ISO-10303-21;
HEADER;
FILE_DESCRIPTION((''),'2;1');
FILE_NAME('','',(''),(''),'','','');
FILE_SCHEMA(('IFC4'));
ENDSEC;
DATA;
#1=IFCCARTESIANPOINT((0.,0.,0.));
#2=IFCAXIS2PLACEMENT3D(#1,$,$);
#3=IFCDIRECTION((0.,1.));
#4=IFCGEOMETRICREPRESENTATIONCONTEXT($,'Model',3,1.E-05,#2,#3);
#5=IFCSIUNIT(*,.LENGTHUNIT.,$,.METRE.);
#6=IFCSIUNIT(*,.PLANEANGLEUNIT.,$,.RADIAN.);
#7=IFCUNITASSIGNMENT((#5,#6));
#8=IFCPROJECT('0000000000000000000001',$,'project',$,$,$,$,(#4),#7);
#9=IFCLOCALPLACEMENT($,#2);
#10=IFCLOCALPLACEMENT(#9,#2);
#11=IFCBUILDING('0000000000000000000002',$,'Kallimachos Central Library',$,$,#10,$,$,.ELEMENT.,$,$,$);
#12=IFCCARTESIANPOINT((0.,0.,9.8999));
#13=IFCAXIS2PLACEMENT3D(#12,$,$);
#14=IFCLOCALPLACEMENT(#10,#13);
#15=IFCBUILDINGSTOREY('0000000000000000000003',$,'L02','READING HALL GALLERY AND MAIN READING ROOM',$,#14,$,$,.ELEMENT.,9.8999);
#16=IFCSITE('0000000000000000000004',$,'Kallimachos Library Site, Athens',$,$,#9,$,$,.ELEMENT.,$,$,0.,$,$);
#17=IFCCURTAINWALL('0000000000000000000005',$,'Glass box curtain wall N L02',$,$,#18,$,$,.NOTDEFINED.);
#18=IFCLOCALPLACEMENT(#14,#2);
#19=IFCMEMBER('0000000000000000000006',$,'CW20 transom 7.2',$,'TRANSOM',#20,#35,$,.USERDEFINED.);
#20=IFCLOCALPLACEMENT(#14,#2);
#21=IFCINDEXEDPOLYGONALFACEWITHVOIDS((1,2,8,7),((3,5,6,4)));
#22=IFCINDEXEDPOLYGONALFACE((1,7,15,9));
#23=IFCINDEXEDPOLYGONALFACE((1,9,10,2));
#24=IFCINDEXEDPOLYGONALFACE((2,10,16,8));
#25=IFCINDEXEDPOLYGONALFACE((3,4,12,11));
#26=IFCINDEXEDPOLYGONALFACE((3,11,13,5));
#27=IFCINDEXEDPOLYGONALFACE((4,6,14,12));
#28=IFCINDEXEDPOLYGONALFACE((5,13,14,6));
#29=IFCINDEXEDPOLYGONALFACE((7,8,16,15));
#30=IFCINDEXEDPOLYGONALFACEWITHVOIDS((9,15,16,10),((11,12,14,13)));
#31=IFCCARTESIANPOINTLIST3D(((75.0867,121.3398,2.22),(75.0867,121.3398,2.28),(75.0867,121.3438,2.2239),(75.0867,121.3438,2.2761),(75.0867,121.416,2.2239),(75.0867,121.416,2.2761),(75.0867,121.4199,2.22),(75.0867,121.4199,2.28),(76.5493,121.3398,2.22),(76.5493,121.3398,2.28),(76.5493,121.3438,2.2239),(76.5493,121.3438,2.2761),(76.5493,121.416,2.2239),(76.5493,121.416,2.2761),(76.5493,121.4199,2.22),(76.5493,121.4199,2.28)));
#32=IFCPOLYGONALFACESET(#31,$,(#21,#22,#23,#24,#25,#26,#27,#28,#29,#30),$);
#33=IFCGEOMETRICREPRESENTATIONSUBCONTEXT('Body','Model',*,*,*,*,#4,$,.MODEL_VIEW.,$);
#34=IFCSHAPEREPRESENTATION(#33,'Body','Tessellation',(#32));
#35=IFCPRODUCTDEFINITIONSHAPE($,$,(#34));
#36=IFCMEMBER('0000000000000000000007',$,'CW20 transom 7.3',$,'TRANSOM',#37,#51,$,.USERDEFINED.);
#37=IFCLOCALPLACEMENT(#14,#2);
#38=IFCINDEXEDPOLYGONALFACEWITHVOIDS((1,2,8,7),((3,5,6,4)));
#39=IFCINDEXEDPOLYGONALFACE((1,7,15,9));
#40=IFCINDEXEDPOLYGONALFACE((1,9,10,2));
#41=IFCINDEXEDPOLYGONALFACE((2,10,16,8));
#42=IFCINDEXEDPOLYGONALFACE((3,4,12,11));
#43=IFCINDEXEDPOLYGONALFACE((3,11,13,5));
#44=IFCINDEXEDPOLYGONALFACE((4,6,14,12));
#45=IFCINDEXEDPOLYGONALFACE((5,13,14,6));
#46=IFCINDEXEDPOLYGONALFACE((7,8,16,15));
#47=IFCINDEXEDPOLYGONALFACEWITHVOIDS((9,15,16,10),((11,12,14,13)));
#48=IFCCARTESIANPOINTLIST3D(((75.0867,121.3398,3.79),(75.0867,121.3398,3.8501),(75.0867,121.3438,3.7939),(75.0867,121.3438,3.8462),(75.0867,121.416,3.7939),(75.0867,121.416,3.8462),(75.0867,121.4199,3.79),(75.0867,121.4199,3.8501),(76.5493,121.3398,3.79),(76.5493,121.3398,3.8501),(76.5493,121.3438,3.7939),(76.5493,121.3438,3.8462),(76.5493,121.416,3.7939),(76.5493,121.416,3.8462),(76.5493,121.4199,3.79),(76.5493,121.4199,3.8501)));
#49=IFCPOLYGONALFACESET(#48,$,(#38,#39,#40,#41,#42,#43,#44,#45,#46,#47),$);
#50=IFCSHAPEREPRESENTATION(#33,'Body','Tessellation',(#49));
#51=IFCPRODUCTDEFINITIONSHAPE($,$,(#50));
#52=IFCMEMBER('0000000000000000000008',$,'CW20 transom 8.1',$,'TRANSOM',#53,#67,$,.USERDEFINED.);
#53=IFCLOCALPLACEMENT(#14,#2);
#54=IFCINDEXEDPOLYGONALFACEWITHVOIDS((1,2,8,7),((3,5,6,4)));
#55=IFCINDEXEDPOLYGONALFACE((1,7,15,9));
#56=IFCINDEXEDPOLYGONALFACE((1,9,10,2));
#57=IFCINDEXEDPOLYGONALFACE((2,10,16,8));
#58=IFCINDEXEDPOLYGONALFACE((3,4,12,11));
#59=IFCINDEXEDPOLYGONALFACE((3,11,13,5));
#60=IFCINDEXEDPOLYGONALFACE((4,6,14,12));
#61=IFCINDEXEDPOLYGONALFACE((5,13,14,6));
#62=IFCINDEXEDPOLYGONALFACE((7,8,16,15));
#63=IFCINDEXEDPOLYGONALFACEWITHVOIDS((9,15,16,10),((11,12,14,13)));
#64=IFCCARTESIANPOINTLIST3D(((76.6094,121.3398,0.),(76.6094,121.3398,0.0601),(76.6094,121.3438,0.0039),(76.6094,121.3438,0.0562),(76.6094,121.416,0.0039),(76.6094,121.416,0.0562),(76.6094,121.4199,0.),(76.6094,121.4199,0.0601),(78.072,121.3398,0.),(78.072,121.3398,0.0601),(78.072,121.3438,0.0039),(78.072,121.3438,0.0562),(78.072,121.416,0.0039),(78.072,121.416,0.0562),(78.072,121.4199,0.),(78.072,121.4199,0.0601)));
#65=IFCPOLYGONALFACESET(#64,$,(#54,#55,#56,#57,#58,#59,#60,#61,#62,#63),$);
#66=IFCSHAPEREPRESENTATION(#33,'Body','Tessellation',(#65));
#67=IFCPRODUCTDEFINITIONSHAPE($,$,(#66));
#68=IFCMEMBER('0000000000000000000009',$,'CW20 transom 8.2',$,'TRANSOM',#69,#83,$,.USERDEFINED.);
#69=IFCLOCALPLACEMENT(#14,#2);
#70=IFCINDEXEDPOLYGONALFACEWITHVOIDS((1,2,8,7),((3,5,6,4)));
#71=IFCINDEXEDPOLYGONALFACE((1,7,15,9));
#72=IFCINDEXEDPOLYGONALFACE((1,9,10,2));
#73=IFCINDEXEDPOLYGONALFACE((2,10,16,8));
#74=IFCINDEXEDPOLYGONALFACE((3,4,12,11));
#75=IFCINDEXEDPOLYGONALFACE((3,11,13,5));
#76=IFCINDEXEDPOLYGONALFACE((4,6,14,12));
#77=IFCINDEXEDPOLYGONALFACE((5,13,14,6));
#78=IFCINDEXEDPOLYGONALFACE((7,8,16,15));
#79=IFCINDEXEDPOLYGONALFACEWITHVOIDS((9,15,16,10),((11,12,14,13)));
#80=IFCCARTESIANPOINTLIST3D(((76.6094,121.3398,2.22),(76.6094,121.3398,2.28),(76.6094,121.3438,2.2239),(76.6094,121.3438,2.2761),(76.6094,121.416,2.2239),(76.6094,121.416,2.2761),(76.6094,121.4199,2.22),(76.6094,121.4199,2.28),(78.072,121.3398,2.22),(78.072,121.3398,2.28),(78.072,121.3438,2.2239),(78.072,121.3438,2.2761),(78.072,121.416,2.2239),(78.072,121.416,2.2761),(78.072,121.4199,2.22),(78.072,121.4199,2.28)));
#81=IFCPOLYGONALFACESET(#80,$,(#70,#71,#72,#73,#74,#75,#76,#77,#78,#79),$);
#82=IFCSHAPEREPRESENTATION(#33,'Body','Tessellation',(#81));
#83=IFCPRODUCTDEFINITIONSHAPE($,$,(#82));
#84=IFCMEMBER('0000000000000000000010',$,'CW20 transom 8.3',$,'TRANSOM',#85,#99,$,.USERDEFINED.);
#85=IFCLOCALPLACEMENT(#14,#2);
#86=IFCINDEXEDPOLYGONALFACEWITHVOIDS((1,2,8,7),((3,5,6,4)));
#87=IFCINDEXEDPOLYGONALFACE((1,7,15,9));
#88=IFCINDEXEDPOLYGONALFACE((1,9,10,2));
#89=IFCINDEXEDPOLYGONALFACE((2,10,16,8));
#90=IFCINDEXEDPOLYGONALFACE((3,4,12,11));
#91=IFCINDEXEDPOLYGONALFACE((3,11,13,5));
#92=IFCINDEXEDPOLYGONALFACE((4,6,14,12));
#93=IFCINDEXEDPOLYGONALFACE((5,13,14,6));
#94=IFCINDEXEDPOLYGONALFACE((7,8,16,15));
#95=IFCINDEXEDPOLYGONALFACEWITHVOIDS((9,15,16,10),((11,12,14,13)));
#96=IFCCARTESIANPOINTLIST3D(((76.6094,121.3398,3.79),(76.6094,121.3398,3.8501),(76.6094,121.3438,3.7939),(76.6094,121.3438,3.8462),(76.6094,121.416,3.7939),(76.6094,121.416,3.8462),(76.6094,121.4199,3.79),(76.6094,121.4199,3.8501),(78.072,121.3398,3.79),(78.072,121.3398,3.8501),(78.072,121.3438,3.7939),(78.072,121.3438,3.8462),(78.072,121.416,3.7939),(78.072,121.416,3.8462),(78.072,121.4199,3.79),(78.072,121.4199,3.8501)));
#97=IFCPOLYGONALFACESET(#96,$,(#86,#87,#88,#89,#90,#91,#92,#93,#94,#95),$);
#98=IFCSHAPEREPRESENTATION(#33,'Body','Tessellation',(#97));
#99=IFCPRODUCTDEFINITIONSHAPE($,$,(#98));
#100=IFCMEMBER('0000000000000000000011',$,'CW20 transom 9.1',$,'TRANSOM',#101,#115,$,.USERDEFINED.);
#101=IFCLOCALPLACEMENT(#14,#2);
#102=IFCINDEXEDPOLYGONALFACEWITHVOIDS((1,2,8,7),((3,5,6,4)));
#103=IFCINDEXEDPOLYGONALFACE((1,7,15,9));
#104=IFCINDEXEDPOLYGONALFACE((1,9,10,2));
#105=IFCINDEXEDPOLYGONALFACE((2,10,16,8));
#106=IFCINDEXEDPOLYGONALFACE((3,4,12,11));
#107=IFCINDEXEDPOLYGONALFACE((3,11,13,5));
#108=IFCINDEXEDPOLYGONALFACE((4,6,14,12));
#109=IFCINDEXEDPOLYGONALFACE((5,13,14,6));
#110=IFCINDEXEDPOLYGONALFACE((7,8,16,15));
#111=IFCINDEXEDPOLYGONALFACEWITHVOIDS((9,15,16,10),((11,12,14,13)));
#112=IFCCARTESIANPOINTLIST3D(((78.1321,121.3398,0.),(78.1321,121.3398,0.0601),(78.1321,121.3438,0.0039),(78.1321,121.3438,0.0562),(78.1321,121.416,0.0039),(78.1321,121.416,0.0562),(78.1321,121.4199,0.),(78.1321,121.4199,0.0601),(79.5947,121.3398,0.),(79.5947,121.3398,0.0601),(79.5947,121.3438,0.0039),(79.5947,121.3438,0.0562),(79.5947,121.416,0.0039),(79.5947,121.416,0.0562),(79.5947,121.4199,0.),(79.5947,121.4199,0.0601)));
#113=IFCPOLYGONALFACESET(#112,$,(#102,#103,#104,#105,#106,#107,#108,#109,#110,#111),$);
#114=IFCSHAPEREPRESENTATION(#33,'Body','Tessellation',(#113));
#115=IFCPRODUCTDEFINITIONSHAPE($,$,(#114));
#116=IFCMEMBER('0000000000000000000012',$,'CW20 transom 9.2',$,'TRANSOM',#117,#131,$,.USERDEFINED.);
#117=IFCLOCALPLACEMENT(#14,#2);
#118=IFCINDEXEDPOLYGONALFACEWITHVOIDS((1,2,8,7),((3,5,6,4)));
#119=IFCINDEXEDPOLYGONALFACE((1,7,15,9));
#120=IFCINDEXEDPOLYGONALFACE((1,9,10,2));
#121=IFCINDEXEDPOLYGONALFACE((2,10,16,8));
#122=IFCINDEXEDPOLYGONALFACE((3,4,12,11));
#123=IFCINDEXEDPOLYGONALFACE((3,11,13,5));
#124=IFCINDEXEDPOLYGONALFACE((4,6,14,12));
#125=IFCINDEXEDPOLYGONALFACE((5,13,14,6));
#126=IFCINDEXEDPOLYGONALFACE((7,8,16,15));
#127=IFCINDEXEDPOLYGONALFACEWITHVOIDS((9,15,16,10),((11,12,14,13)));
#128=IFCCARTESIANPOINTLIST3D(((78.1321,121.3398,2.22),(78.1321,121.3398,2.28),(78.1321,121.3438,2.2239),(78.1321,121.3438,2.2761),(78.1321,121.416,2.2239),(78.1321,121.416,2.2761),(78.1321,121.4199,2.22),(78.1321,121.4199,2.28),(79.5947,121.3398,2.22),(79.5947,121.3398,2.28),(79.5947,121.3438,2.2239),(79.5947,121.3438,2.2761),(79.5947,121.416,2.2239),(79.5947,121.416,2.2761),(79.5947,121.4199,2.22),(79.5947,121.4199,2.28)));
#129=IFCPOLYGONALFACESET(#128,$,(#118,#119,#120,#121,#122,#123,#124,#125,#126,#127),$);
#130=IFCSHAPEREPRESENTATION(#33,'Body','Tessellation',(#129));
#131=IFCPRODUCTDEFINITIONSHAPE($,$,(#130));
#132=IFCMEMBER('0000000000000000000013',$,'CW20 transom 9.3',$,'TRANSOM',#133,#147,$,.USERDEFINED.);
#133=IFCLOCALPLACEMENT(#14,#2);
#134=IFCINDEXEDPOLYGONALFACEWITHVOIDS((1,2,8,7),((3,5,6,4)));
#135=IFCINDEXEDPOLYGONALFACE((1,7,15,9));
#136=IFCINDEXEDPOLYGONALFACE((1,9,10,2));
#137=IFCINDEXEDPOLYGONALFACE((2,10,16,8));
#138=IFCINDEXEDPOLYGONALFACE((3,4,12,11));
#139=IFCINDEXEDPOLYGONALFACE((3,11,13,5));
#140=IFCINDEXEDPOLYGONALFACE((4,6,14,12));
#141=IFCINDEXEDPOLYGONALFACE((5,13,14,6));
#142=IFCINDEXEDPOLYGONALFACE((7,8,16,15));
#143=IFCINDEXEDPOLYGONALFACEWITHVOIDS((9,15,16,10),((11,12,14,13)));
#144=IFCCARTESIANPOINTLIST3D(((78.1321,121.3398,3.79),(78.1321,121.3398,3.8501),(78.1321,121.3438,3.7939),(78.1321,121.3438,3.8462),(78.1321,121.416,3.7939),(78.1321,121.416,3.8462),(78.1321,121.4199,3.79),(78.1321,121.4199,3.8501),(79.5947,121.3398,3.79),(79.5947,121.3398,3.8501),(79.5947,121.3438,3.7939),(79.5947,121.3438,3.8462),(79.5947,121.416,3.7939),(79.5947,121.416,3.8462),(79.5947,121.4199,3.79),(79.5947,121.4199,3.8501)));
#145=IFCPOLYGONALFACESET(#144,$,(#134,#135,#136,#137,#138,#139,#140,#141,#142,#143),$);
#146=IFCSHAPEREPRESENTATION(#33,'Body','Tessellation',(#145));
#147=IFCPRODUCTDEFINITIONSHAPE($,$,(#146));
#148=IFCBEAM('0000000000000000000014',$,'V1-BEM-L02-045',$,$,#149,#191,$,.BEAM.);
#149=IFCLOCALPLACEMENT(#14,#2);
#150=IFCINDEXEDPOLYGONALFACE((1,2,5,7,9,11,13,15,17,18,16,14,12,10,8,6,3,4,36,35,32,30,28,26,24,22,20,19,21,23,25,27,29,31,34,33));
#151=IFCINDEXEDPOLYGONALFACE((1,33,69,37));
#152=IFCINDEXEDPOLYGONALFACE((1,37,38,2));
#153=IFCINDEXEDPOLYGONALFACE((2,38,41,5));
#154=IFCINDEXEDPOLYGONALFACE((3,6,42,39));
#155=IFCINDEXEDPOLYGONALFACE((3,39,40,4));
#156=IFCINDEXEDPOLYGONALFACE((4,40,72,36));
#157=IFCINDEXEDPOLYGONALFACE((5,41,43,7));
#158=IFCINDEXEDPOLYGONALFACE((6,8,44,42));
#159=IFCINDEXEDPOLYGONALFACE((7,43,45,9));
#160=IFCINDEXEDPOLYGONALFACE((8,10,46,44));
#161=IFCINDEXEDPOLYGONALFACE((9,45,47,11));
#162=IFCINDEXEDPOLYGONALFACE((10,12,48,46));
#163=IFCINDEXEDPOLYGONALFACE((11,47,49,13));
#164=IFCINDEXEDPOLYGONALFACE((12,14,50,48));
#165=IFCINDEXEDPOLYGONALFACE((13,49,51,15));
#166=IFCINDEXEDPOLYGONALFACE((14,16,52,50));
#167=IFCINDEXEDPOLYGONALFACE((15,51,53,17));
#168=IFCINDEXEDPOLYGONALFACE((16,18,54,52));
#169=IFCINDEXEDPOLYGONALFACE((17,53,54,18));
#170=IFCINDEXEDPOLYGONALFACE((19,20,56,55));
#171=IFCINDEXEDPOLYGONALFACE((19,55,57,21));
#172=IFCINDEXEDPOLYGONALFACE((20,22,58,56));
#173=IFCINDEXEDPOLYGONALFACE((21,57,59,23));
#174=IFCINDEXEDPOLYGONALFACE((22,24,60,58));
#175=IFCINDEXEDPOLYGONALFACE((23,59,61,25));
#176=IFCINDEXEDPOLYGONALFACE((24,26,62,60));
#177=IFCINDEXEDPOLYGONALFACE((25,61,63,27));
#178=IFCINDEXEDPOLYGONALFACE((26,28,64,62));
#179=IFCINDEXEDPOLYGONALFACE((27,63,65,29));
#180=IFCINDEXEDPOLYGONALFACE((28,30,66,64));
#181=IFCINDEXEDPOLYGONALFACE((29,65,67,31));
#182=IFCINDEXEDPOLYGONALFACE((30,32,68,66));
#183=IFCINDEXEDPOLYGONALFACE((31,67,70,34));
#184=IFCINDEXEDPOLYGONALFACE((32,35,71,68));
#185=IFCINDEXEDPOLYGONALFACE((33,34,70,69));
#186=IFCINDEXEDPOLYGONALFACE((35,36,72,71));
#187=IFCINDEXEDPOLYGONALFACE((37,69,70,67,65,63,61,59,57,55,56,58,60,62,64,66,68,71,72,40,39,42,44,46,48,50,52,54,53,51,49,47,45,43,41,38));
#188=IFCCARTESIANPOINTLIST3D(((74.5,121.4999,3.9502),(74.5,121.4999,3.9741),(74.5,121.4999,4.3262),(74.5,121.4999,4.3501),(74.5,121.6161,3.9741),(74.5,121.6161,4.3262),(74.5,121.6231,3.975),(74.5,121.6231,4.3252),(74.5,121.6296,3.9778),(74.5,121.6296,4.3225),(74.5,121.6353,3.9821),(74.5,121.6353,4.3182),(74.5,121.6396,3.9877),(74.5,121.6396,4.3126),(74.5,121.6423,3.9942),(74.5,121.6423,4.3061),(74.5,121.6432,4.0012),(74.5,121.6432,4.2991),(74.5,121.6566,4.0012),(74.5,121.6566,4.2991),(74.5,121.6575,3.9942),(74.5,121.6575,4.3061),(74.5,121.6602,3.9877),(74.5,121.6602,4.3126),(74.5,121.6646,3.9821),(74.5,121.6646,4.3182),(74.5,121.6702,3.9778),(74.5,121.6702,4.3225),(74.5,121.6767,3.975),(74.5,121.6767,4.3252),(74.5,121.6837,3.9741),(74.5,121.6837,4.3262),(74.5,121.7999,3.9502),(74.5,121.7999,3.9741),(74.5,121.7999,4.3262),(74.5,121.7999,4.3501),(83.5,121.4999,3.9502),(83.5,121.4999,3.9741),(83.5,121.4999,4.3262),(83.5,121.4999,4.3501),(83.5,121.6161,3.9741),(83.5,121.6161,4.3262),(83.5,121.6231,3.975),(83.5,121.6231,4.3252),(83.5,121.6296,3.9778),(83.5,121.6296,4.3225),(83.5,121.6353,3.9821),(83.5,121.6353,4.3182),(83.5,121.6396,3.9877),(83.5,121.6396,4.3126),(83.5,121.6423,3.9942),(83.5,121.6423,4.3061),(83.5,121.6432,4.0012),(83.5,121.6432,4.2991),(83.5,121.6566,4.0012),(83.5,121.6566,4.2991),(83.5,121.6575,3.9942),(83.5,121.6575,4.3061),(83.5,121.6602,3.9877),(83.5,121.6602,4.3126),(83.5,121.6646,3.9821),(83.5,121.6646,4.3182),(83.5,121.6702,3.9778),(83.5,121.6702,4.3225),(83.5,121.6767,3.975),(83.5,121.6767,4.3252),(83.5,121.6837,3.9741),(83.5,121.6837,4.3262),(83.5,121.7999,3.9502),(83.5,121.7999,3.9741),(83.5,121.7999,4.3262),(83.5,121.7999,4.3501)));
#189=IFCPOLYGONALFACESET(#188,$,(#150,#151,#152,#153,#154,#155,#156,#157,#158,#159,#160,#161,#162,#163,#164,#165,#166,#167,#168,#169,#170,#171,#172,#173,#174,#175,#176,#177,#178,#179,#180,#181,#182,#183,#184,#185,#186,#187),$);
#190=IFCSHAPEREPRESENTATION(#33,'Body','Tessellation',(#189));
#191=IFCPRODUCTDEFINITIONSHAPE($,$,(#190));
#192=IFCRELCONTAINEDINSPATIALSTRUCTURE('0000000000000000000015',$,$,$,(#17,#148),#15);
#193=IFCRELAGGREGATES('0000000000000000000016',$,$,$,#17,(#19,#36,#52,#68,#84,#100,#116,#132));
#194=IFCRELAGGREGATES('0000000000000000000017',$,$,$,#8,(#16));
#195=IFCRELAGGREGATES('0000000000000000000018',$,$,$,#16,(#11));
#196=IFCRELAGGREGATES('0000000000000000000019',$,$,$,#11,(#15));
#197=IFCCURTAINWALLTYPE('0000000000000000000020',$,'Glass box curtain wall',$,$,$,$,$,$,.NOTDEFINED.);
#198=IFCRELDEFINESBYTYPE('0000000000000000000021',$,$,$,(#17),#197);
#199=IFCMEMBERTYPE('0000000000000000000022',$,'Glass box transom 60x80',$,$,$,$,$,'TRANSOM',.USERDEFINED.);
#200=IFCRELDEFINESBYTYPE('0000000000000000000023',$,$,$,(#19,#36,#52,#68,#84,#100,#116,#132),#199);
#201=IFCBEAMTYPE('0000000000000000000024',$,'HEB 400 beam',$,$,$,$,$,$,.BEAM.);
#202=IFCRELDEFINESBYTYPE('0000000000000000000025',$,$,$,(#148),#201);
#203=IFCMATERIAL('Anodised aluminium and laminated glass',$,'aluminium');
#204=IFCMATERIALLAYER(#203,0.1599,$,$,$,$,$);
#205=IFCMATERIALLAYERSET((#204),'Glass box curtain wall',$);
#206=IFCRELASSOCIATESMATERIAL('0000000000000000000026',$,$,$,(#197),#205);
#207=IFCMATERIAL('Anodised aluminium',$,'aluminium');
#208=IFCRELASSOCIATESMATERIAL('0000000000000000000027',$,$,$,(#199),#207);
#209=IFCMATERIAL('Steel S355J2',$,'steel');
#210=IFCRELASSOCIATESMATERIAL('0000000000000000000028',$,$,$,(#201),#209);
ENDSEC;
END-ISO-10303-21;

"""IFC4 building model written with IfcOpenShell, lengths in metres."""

from ifc_helpers import new_model, si_unit, direction, frame, origin, origin_2d, place, context, subcontext, project, spatial, hollow_rectangle, i_section, extrude, material, layer, layer_set, material_profile, profile_set, type_object, element, aggregate, save


model = new_model("IFC4")

# Units and contexts
model_context = context("Model", 3, precision=1e-05, world=origin(), true_north=direction((0.0, 1.0)))
body_context = subcontext(model_context, "Body", "Model", "MODEL_VIEW")
ifc_project = project(units=[si_unit("LENGTHUNIT", "METRE"), si_unit("PLANEANGLEUNIT", "RADIAN")], contexts=[model_context])

# Site, building, storey
site_placement = place(None, origin())
site = spatial("IfcSite", under=ifc_project, at=site_placement, Name="Kallimachos Library Site, Athens", CompositionType="ELEMENT", RefElevation=0.0)
building_placement = place(site_placement, origin())
building = spatial("IfcBuilding", under=site, at=building_placement, Name="Kallimachos Central Library", CompositionType="ELEMENT")
storey_placement = place(building_placement, frame((0.0, 0.0, 9.8999)))
storey = spatial("IfcBuildingStorey", under=building, at=storey_placement, Name="L02", Description="READING HALL GALLERY AND MAIN READING ROOM", CompositionType="ELEMENT", Elevation=9.8999)

# Curtain wall, members
ifc_material_1 = material(Name="Anodised aluminium and laminated glass", Category="aluminium")
ifc_layer_1 = layer(ifc_material_1, 0.1599)
ifc_layer_set_1 = layer_set([ifc_layer_1], Name="Glass box curtain wall")
curtain_wall_type = type_object("IfcCurtainWallType", Name="Glass box curtain wall", PredefinedType="NOTDEFINED", material=ifc_layer_set_1)
curtain_wall_placement = place(storey_placement, origin())
curtain_wall = element("IfcCurtainWall", 1, at=curtain_wall_placement, inside=storey, type_object=curtain_wall_type, Name="Glass box curtain wall N L02", PredefinedType="NOTDEFINED")
ifc_material_2 = material(Name="Anodised aluminium", Category="aluminium")
ifc_material_profile_1 = material_profile(ifc_material_2, hollow_rectangle(XDim=0.0601, YDim=0.0801, WallThickness=0.0039, at=origin_2d()), Name="ALU TRANSOM 60x80")
ifc_profile_set_1 = profile_set([ifc_material_profile_1], Name="Anodised aluminium")
member_type_1 = type_object("IfcMemberType", Name="Glass box transom 60x80", ElementType="TRANSOM", PredefinedType="USERDEFINED", material=ifc_profile_set_1)
member_1_placement = place(storey_placement, frame((75.0867, 121.3799, 2.25), z_axis=(1.0, 0.0, 0.0), x_axis=(0.0, 0.0, 1.0)))
member_1 = element("IfcMember", 2, at=member_1_placement, type_object=member_type_1, Name="CW20 transom 7.2", ObjectType="TRANSOM", PredefinedType="USERDEFINED", context=body_context, shape_type="SweptSolid", body=[
    extrude(hollow_rectangle(XDim=0.0601, YDim=0.0801, WallThickness=0.0039, at=origin_2d()), origin(), (0.0, 0.0, 1.0), 1.4626),
])
member_2_placement = place(storey_placement, frame((75.0867, 121.3799, 3.8201), z_axis=(1.0, 0.0, 0.0), x_axis=(0.0, 0.0, 1.0)))
member_2 = element("IfcMember", 3, at=member_2_placement, type_object=member_type_1, Name="CW20 transom 7.3", ObjectType="TRANSOM", PredefinedType="USERDEFINED", context=body_context, shape_type="SweptSolid", body=[
    extrude(hollow_rectangle(XDim=0.0601, YDim=0.0801, WallThickness=0.0039, at=origin_2d()), origin(), (0.0, 0.0, 1.0), 1.4626),
])
member_3_placement = place(storey_placement, frame((76.6094, 121.3799, 0.03), z_axis=(1.0, 0.0, 0.0), x_axis=(0.0, 0.0, 1.0)))
member_3 = element("IfcMember", 4, at=member_3_placement, type_object=member_type_1, Name="CW20 transom 8.1", ObjectType="TRANSOM", PredefinedType="USERDEFINED", context=body_context, shape_type="SweptSolid", body=[
    extrude(hollow_rectangle(XDim=0.0601, YDim=0.0801, WallThickness=0.0039, at=origin_2d()), origin(), (0.0, 0.0, 1.0), 1.4626),
])
member_4_placement = place(storey_placement, frame((76.6094, 121.3799, 2.25), z_axis=(1.0, 0.0, 0.0), x_axis=(0.0, 0.0, 1.0)))
member_4 = element("IfcMember", 5, at=member_4_placement, type_object=member_type_1, Name="CW20 transom 8.2", ObjectType="TRANSOM", PredefinedType="USERDEFINED", context=body_context, shape_type="SweptSolid", body=[
    extrude(hollow_rectangle(XDim=0.0601, YDim=0.0801, WallThickness=0.0039, at=origin_2d()), origin(), (0.0, 0.0, 1.0), 1.4626),
])
member_5_placement = place(storey_placement, frame((76.6094, 121.3799, 3.8201), z_axis=(1.0, 0.0, 0.0), x_axis=(0.0, 0.0, 1.0)))
member_5 = element("IfcMember", 6, at=member_5_placement, type_object=member_type_1, Name="CW20 transom 8.3", ObjectType="TRANSOM", PredefinedType="USERDEFINED", context=body_context, shape_type="SweptSolid", body=[
    extrude(hollow_rectangle(XDim=0.0601, YDim=0.0801, WallThickness=0.0039, at=origin_2d()), origin(), (0.0, 0.0, 1.0), 1.4626),
])
member_6_placement = place(storey_placement, frame((78.1321, 121.3799, 0.03), z_axis=(1.0, 0.0, 0.0), x_axis=(0.0, 0.0, 1.0)))
member_6 = element("IfcMember", 7, at=member_6_placement, type_object=member_type_1, Name="CW20 transom 9.1", ObjectType="TRANSOM", PredefinedType="USERDEFINED", context=body_context, shape_type="SweptSolid", body=[
    extrude(hollow_rectangle(XDim=0.0601, YDim=0.0801, WallThickness=0.0039, at=origin_2d()), origin(), (0.0, 0.0, 1.0), 1.4626),
])
member_7_placement = place(storey_placement, frame((78.1321, 121.3799, 2.25), z_axis=(1.0, 0.0, 0.0), x_axis=(0.0, 0.0, 1.0)))
member_7 = element("IfcMember", 8, at=member_7_placement, type_object=member_type_1, Name="CW20 transom 9.2", ObjectType="TRANSOM", PredefinedType="USERDEFINED", context=body_context, shape_type="SweptSolid", body=[
    extrude(hollow_rectangle(XDim=0.0601, YDim=0.0801, WallThickness=0.0039, at=origin_2d()), origin(), (0.0, 0.0, 1.0), 1.4626),
])
member_8_placement = place(storey_placement, frame((78.1321, 121.3799, 3.8201), z_axis=(1.0, 0.0, 0.0), x_axis=(0.0, 0.0, 1.0)))
member_8 = element("IfcMember", 9, at=member_8_placement, type_object=member_type_1, Name="CW20 transom 9.3", ObjectType="TRANSOM", PredefinedType="USERDEFINED", context=body_context, shape_type="SweptSolid", body=[
    extrude(hollow_rectangle(XDim=0.0601, YDim=0.0801, WallThickness=0.0039, at=origin_2d()), origin(), (0.0, 0.0, 1.0), 1.4626),
])

# Beam
ifc_material_3 = material(Name="Steel S355J2", Category="steel")
ifc_material_profile_2 = material_profile(ifc_material_3, i_section(OverallWidth=0.3, OverallDepth=0.3999, WebThickness=0.0134, FlangeThickness=0.0239, FilletRadius=0.0271, at=origin_2d()), Name="HEB 400")
ifc_profile_set_2 = profile_set([ifc_material_profile_2], Name="Steel S355J2")
beam_type = type_object("IfcBeamType", Name="HEB 400 beam", PredefinedType="BEAM", material=ifc_profile_set_2)
beam_placement = place(storey_placement, frame((74.5, 121.6499, 4.1501), z_axis=(1.0, 0.0, 0.0), x_axis=(0.0, 1.0, 0.0)))
element("IfcBeam", 10, at=beam_placement, inside=storey, type_object=beam_type, Name="V1-BEM-L02-045", PredefinedType="BEAM", context=body_context, shape_type="SweptSolid", body=[
    extrude(i_section(OverallWidth=0.3, OverallDepth=0.3999, WebThickness=0.0134, FlangeThickness=0.0239, FilletRadius=0.0271, at=origin_2d()), origin(), (0.0, 0.0, 1.0), 9.0),
])

aggregate(curtain_wall, [member_1, member_2, member_3, member_4, member_5, member_6, member_7, member_8])

save(model, "model.ifc")
